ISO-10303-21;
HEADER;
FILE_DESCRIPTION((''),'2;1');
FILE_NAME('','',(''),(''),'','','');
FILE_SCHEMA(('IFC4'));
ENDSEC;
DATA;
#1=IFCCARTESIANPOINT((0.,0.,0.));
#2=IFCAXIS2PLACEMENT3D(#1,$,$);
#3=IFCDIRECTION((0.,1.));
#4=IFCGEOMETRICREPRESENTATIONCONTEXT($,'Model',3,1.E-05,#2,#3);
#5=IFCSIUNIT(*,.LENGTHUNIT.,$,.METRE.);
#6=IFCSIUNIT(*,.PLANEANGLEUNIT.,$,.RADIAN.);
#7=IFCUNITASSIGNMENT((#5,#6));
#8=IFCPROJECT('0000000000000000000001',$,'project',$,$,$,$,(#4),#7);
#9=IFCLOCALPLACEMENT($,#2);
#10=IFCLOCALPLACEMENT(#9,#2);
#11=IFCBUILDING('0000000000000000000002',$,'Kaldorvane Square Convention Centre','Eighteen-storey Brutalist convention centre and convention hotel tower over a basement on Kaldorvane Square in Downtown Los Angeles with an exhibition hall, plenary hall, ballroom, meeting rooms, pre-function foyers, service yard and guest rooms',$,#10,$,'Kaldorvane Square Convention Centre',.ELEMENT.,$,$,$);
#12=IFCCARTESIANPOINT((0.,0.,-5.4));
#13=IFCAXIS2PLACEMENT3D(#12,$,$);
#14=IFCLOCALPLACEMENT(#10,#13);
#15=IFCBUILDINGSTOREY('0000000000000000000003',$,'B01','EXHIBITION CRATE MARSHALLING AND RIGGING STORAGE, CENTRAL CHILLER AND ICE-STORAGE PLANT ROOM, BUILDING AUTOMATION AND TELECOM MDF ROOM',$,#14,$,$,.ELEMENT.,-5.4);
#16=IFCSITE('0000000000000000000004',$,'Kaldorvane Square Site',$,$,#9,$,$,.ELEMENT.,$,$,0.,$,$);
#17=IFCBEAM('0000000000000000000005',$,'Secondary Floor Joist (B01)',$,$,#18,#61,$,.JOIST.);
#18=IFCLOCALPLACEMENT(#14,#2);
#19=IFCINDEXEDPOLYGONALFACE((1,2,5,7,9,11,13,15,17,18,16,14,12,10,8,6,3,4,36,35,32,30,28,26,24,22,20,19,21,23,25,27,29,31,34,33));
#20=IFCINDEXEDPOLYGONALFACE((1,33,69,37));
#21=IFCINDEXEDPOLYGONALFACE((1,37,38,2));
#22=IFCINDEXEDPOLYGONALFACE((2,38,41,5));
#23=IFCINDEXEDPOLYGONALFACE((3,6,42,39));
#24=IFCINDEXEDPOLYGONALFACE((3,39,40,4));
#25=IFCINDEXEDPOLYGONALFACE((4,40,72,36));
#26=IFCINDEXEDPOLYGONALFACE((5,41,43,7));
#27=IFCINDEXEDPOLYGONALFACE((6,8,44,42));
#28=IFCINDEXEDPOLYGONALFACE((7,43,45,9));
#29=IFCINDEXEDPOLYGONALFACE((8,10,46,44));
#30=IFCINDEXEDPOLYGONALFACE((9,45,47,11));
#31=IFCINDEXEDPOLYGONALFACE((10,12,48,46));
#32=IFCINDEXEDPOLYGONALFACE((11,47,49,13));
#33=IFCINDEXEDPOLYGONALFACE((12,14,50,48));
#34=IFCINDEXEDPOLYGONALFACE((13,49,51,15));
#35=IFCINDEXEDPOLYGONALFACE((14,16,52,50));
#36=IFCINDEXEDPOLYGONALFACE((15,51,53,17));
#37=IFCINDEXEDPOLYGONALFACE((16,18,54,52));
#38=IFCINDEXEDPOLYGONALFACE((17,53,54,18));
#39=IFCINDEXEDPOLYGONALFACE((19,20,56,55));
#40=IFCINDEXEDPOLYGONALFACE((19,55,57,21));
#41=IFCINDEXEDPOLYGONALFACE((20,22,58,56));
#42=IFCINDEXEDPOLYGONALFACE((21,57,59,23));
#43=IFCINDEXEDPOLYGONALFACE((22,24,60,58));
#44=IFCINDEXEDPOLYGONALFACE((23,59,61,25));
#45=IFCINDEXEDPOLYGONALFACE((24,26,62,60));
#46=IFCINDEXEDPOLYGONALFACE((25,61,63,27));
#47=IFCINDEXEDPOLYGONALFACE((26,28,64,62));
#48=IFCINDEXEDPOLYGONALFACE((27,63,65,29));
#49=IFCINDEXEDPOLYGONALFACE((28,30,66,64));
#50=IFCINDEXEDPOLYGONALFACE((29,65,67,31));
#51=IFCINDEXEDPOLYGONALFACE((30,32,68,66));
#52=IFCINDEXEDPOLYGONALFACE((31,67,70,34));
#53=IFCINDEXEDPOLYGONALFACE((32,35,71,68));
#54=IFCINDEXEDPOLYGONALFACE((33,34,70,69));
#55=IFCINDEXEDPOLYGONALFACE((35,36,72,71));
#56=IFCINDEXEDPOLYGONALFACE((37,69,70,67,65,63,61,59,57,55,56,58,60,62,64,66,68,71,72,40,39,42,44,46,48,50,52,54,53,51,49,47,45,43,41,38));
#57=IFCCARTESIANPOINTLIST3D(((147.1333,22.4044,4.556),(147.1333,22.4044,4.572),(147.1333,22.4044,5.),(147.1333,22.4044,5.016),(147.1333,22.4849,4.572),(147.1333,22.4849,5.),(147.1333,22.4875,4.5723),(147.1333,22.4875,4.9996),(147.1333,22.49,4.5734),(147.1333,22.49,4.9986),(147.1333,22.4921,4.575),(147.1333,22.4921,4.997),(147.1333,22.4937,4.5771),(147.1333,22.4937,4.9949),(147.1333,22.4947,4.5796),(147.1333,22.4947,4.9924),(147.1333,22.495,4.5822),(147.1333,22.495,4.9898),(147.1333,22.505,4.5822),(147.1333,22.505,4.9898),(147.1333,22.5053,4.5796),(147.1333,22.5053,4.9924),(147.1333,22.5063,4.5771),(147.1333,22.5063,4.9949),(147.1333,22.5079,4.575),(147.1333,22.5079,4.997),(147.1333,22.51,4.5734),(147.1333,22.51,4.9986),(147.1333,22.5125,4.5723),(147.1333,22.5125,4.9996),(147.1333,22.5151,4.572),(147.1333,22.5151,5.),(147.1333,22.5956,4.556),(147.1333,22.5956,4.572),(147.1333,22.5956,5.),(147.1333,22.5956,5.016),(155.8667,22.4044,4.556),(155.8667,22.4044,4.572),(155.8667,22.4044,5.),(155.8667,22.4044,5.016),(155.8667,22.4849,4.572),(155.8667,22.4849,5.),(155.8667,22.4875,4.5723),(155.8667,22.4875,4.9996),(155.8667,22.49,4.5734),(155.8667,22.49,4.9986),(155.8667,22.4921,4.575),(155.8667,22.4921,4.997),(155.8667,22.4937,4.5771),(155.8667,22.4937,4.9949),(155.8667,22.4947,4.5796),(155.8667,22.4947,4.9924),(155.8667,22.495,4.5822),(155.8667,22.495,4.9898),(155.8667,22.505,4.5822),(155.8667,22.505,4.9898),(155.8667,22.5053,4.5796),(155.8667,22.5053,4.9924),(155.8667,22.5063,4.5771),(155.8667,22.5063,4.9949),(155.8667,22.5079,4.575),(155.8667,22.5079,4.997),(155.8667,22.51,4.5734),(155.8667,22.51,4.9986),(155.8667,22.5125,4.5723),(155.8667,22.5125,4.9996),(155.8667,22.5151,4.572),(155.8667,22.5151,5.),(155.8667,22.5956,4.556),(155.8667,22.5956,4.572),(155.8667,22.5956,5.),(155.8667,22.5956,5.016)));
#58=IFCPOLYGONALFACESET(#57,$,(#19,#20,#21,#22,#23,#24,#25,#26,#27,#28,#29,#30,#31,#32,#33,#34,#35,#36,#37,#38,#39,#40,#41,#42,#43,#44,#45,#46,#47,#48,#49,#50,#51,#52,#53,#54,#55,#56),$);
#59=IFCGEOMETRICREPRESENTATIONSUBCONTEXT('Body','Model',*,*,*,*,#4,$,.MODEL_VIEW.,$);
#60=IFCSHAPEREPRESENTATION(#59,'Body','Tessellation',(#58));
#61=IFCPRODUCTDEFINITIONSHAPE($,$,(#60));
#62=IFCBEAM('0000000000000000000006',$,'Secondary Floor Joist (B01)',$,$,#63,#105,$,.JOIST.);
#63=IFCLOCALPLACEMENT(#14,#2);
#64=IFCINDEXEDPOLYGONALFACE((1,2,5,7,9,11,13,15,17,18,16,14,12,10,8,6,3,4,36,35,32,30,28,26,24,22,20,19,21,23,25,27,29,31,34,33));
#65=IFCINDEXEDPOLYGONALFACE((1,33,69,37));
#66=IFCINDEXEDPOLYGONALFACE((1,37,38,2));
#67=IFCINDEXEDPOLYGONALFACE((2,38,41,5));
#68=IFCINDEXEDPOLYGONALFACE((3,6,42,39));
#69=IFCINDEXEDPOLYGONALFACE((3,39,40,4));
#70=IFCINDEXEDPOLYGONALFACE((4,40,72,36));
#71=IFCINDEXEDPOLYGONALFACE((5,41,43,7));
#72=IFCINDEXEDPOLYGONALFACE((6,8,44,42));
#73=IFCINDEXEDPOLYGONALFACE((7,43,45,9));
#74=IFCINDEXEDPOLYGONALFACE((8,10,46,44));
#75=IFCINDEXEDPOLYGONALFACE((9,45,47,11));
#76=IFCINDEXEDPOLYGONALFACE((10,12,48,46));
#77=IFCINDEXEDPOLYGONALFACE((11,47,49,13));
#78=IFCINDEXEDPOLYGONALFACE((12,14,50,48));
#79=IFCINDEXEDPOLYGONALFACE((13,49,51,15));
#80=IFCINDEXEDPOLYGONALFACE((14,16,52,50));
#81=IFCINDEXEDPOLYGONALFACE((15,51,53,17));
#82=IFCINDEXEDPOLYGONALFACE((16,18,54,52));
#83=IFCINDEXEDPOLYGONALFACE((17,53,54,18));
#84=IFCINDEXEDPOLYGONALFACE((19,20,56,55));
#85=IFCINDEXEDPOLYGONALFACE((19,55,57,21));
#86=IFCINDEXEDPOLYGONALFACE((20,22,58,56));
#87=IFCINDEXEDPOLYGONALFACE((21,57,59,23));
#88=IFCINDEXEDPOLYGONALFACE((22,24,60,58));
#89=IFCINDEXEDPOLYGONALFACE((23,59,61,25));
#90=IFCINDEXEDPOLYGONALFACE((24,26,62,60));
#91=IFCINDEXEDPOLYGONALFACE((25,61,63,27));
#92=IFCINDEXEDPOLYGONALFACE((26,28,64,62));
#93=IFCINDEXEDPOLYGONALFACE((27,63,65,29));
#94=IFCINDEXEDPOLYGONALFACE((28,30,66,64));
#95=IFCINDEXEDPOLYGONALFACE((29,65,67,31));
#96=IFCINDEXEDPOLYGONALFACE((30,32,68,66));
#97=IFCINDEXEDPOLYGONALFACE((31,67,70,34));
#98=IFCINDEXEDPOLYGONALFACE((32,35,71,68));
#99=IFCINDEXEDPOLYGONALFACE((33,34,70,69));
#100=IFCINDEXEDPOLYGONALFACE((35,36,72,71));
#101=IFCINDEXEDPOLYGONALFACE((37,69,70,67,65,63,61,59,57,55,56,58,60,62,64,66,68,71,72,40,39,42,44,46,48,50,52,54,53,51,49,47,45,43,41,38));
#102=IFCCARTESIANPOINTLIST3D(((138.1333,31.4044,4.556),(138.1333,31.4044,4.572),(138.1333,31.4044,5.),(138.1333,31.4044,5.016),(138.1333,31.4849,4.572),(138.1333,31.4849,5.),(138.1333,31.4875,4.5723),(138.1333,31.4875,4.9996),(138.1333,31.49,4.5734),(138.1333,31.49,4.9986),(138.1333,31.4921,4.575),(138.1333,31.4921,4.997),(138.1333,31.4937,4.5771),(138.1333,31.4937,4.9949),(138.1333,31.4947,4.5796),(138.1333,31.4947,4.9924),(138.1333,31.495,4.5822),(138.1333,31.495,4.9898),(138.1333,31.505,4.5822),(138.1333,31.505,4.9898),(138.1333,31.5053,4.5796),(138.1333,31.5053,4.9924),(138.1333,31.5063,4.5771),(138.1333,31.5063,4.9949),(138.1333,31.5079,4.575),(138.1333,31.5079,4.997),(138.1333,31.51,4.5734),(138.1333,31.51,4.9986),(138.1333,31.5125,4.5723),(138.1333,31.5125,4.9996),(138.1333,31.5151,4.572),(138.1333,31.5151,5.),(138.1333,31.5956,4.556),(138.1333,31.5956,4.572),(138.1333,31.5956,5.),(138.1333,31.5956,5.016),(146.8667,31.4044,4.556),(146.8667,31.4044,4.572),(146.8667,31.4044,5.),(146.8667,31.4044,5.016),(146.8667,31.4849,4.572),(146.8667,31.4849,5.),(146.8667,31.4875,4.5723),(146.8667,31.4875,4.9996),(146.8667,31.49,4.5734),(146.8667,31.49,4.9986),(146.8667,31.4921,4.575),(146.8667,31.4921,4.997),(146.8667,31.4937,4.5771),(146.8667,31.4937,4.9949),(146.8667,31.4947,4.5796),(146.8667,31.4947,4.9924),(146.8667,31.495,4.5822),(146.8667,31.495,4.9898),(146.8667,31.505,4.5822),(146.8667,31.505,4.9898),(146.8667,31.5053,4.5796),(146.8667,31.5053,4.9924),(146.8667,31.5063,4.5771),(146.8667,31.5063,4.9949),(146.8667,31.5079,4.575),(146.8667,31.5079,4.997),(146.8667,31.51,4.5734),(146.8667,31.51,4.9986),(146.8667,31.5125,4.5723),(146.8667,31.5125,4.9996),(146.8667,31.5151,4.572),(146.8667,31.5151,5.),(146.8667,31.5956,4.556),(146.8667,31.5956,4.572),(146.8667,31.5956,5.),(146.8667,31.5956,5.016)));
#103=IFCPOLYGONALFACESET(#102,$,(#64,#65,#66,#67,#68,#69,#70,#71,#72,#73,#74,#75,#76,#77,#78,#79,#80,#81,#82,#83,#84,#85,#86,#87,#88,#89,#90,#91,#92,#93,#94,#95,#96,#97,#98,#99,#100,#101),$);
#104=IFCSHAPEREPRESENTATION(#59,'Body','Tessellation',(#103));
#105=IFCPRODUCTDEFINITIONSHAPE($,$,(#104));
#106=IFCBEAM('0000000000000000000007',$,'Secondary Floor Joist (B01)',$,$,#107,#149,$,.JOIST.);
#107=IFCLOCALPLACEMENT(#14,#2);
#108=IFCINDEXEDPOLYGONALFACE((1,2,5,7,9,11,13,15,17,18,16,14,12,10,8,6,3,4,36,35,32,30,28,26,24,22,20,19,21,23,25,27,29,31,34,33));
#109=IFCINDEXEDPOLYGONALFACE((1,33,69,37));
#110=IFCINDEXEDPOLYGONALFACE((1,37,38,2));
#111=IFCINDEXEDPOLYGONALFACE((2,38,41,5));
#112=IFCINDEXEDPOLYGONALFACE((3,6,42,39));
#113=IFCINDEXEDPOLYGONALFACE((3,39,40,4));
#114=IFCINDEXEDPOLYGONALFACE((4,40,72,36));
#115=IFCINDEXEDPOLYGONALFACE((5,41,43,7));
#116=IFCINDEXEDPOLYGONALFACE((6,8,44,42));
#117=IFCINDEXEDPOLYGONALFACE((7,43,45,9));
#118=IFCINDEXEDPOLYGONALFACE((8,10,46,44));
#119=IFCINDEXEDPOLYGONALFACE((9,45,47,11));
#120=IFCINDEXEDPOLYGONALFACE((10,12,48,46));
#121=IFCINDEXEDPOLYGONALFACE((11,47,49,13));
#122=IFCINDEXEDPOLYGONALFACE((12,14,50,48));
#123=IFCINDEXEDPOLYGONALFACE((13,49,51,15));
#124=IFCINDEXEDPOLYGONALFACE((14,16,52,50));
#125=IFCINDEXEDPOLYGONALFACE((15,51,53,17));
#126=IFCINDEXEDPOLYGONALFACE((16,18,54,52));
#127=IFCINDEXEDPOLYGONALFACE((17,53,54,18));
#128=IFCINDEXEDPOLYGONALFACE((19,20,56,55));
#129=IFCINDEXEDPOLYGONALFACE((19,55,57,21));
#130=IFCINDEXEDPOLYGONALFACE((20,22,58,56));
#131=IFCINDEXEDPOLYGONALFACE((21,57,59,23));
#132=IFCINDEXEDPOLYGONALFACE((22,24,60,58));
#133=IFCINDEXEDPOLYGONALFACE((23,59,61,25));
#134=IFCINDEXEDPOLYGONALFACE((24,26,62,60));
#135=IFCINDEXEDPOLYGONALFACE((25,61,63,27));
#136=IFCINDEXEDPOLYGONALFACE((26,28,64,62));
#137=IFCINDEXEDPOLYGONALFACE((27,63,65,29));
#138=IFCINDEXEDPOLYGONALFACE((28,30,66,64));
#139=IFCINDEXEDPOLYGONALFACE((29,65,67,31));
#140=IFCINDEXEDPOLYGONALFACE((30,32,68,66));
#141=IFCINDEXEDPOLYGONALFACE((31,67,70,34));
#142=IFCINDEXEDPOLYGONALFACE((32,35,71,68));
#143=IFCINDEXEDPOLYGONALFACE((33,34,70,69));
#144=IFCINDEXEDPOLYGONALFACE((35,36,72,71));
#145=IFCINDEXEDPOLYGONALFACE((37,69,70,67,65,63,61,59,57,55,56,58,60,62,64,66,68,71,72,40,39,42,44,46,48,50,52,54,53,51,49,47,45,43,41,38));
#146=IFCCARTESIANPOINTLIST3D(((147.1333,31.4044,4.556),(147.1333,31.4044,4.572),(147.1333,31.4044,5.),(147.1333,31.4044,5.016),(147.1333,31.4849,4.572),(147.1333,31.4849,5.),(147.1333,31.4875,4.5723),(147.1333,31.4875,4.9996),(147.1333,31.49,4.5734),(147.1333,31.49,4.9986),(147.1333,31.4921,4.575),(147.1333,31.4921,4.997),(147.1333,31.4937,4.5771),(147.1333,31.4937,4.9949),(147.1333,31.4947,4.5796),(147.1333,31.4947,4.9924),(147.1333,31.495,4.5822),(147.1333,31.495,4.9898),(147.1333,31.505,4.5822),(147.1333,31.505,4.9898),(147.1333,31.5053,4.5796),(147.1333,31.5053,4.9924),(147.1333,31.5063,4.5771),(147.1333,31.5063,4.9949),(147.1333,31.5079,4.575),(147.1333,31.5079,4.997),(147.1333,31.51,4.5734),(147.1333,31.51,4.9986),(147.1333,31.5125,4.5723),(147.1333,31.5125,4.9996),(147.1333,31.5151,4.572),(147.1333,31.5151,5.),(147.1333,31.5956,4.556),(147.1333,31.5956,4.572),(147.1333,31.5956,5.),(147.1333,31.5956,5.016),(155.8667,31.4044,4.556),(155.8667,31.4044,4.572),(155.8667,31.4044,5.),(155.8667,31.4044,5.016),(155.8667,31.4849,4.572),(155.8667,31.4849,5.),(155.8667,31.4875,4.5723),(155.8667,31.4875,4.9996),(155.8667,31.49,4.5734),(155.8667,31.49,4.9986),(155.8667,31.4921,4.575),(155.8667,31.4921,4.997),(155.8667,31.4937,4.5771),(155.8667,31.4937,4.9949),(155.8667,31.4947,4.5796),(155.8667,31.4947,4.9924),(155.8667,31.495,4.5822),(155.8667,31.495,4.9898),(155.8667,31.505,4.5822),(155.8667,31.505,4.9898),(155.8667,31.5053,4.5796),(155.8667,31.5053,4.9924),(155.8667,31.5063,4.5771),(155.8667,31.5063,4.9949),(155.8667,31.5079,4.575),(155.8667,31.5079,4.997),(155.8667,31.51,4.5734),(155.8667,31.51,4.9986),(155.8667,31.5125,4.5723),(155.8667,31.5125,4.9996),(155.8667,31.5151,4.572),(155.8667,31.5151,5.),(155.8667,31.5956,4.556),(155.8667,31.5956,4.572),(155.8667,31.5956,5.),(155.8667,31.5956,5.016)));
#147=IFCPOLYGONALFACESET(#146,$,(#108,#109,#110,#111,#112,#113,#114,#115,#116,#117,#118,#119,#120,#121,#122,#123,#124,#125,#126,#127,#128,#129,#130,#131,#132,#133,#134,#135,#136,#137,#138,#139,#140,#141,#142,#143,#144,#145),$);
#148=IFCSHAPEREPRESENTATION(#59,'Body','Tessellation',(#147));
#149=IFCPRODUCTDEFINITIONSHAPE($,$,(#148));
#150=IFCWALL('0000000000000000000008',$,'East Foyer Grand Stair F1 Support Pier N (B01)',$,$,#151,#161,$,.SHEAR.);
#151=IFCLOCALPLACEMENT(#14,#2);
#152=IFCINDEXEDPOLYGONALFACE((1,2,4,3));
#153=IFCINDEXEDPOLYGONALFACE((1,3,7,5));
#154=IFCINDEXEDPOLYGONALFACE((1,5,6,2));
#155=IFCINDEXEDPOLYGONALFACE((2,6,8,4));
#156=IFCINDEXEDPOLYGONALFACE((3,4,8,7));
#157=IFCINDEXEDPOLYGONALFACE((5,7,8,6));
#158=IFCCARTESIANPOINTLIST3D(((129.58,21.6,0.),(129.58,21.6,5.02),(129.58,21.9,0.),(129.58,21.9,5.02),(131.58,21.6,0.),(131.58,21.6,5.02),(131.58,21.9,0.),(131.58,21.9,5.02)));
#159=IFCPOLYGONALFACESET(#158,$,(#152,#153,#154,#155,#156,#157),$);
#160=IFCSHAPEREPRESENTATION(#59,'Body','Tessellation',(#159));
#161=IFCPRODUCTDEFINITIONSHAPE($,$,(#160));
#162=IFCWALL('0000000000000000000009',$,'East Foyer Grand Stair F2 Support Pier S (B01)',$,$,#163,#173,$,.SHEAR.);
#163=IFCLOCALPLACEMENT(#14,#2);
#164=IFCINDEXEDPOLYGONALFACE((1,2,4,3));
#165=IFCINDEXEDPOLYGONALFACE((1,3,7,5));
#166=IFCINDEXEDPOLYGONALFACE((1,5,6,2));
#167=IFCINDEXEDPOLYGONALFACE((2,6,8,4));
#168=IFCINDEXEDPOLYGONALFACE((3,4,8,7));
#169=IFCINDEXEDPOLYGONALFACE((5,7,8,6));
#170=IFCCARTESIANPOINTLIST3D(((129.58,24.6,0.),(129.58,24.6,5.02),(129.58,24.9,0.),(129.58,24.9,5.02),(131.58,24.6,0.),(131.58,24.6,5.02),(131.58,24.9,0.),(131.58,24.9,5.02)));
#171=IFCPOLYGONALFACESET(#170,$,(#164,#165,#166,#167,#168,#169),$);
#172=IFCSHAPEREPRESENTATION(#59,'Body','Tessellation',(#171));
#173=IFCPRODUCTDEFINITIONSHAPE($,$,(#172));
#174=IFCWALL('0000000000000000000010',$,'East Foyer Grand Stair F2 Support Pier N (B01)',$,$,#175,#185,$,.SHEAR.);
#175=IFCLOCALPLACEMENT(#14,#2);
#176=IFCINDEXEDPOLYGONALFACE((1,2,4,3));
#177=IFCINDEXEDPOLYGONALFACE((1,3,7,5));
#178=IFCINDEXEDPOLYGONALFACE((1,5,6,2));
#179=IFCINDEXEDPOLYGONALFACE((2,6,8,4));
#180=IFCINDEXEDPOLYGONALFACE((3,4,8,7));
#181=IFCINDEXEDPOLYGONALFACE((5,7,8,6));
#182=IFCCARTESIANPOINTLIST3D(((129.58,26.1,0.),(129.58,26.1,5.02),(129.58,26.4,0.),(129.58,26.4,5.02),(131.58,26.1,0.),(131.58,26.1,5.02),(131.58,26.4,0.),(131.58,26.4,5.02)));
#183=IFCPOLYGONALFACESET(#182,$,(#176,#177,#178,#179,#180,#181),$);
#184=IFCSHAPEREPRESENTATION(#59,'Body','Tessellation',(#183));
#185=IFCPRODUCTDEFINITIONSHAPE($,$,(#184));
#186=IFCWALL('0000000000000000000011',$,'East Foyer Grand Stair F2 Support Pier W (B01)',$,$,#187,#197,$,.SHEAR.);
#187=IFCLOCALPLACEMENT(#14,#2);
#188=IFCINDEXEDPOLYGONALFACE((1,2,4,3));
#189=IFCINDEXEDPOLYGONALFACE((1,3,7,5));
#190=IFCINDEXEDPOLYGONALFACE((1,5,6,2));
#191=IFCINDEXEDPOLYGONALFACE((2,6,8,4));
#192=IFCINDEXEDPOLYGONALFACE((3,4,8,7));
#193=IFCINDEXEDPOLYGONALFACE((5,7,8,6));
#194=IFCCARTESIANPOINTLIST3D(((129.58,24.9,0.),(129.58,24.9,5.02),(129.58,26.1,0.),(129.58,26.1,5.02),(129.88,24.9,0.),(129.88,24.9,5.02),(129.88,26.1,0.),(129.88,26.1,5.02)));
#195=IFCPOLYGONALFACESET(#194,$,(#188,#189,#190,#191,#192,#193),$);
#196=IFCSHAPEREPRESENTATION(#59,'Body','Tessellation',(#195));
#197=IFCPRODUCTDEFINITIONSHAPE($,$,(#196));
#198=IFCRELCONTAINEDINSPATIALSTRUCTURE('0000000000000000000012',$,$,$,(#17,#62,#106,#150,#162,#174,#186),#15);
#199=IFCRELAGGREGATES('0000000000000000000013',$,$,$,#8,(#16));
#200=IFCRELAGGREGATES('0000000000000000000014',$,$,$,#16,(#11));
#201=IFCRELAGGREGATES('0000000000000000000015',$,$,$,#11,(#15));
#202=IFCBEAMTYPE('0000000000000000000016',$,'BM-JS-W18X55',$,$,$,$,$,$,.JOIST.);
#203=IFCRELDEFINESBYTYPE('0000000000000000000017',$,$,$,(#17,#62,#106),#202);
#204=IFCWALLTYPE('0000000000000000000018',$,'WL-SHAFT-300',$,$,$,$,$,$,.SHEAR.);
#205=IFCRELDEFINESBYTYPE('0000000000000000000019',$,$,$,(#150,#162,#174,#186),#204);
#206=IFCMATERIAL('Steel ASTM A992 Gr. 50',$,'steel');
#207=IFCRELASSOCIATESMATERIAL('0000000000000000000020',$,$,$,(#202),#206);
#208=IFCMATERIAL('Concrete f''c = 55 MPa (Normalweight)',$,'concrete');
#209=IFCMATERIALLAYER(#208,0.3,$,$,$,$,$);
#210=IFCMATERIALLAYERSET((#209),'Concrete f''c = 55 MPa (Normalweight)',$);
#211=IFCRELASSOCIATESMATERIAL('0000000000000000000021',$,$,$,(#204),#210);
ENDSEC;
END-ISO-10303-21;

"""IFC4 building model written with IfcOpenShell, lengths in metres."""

from ifc_helpers import new_model, si_unit, direction, frame, frame_2d, origin, origin_2d, place, context, subcontext, project, spatial, rectangle, i_section, extrude, material, layer, layer_set, material_profile, profile_set, type_object, element, save


model = new_model("IFC4")

# Units and contexts
model_context = context("Model", 3, precision=1e-05, world=origin(), true_north=direction((0.0, 1.0)))
body_context = subcontext(model_context, "Body", "Model", "MODEL_VIEW")
ifc_project = project(units=[si_unit("LENGTHUNIT", "METRE"), si_unit("PLANEANGLEUNIT", "RADIAN")], contexts=[model_context])

# Site, building, storey
site_placement = place(None, origin())
site = spatial("IfcSite", under=ifc_project, at=site_placement, Name="Kaldorvane Square Site", CompositionType="ELEMENT", RefElevation=0.0)
building_placement = place(site_placement, origin())
building = spatial("IfcBuilding", under=site, at=building_placement, Name="Kaldorvane Square Convention Centre", Description="Eighteen-storey Brutalist convention centre and convention hotel tower over a basement on Kaldorvane Square in Downtown Los Angeles with an exhibition hall, plenary hall, ballroom, meeting rooms, pre-function foyers, service yard and guest rooms", LongName="Kaldorvane Square Convention Centre", CompositionType="ELEMENT")
storey_placement = place(building_placement, frame((0.0, 0.0, -5.4)))
storey = spatial("IfcBuildingStorey", under=building, at=storey_placement, Name="B01", Description="EXHIBITION CRATE MARSHALLING AND RIGGING STORAGE, CENTRAL CHILLER AND ICE-STORAGE PLANT ROOM, BUILDING AUTOMATION AND TELECOM MDF ROOM", CompositionType="ELEMENT", Elevation=-5.4)

# Shared definitions
ifc_material_1 = material(Name="Steel ASTM A992 Gr. 50", Category="steel")

# Beams
ifc_material_profile_1 = material_profile(ifc_material_1, i_section(OverallWidth=0.1913, OverallDepth=0.46, WebThickness=0.0099, FlangeThickness=0.016, FilletRadius=0.0102, at=origin_2d()), Name="W18X55")
ifc_profile_set_1 = profile_set([ifc_material_profile_1], Name="Steel ASTM A992 Gr. 50")
beam_type_1 = type_object("IfcBeamType", Name="BM-JS-W18X55", PredefinedType="JOIST", material=ifc_profile_set_1)
for number, where, z_axis, x_axis, name in (
    (1, (147.1333, 22.5, 4.786), (1.0, 0.0, 0.0), (0.0, 1.0, 0.0), "Secondary Floor Joist (B01)"),
    (2, (138.1333, 31.5, 4.786), (1.0, 0.0, 0.0), (0.0, 1.0, 0.0), "Secondary Floor Joist (B01)"),
    (3, (147.1333, 31.5, 4.786), (1.0, 0.0, 0.0), (0.0, 1.0, 0.0), "Secondary Floor Joist (B01)"),
):
    element("IfcBeam", number, at=place(storey_placement, frame(where, z_axis=z_axis, x_axis=x_axis)), inside=storey, type_object=beam_type_1, Name=name, PredefinedType="JOIST", context=body_context, shape_type="SweptSolid", body=[
        extrude(i_section(OverallWidth=0.1913, OverallDepth=0.46, WebThickness=0.0099, FlangeThickness=0.016, FilletRadius=0.0102, at=origin_2d()), origin(), (0.0, 0.0, 1.0), 8.7334),
    ])

# Walls
ifc_material_2 = material(Name="Concrete f'c = 55 MPa (Normalweight)", Category="concrete")
ifc_layer = layer(ifc_material_2, 0.3)
ifc_layer_set = layer_set([ifc_layer], Name="Concrete f'c = 55 MPa (Normalweight)")
wall_type = type_object("IfcWallType", Name="WL-SHAFT-300", PredefinedType="SHEAR", material=ifc_layer_set)
for number, where, z_axis, x_axis, name in (
    (4, (129.58, 21.75, 0.0), (0.0, 0.0, 1.0), (1.0, 0.0, 0.0), "East Foyer Grand Stair F1 Support Pier N (B01)"),
    (5, (129.58, 24.75, 0.0), (0.0, 0.0, 1.0), (1.0, 0.0, 0.0), "East Foyer Grand Stair F2 Support Pier S (B01)"),
    (6, (129.58, 26.25, 0.0), (0.0, 0.0, 1.0), (1.0, 0.0, 0.0), "East Foyer Grand Stair F2 Support Pier N (B01)"),
):
    element("IfcWall", number, at=place(storey_placement, frame(where, z_axis=z_axis, x_axis=x_axis)), inside=storey, type_object=wall_type, Name=name, PredefinedType="SHEAR", context=body_context, shape_type="SweptSolid", body=[
        extrude(rectangle(XDim=2.0, YDim=0.3, at=frame_2d((1.0, 0.0))), origin(), (0.0, 0.0, 1.0), 5.02),
    ])
wall_placement = place(storey_placement, frame((129.73, 24.9, 0.0), z_axis=(0.0, 0.0, 1.0), x_axis=(0.0, 1.0, 0.0)))
element("IfcWall", 7, at=wall_placement, inside=storey, type_object=wall_type, Name="East Foyer Grand Stair F2 Support Pier W (B01)", PredefinedType="SHEAR", context=body_context, shape_type="SweptSolid", body=[
    extrude(rectangle(XDim=1.2, YDim=0.3, at=frame_2d((0.6, 0.0))), origin(), (0.0, 0.0, 1.0), 5.02),
])

save(model, "model.ifc")
